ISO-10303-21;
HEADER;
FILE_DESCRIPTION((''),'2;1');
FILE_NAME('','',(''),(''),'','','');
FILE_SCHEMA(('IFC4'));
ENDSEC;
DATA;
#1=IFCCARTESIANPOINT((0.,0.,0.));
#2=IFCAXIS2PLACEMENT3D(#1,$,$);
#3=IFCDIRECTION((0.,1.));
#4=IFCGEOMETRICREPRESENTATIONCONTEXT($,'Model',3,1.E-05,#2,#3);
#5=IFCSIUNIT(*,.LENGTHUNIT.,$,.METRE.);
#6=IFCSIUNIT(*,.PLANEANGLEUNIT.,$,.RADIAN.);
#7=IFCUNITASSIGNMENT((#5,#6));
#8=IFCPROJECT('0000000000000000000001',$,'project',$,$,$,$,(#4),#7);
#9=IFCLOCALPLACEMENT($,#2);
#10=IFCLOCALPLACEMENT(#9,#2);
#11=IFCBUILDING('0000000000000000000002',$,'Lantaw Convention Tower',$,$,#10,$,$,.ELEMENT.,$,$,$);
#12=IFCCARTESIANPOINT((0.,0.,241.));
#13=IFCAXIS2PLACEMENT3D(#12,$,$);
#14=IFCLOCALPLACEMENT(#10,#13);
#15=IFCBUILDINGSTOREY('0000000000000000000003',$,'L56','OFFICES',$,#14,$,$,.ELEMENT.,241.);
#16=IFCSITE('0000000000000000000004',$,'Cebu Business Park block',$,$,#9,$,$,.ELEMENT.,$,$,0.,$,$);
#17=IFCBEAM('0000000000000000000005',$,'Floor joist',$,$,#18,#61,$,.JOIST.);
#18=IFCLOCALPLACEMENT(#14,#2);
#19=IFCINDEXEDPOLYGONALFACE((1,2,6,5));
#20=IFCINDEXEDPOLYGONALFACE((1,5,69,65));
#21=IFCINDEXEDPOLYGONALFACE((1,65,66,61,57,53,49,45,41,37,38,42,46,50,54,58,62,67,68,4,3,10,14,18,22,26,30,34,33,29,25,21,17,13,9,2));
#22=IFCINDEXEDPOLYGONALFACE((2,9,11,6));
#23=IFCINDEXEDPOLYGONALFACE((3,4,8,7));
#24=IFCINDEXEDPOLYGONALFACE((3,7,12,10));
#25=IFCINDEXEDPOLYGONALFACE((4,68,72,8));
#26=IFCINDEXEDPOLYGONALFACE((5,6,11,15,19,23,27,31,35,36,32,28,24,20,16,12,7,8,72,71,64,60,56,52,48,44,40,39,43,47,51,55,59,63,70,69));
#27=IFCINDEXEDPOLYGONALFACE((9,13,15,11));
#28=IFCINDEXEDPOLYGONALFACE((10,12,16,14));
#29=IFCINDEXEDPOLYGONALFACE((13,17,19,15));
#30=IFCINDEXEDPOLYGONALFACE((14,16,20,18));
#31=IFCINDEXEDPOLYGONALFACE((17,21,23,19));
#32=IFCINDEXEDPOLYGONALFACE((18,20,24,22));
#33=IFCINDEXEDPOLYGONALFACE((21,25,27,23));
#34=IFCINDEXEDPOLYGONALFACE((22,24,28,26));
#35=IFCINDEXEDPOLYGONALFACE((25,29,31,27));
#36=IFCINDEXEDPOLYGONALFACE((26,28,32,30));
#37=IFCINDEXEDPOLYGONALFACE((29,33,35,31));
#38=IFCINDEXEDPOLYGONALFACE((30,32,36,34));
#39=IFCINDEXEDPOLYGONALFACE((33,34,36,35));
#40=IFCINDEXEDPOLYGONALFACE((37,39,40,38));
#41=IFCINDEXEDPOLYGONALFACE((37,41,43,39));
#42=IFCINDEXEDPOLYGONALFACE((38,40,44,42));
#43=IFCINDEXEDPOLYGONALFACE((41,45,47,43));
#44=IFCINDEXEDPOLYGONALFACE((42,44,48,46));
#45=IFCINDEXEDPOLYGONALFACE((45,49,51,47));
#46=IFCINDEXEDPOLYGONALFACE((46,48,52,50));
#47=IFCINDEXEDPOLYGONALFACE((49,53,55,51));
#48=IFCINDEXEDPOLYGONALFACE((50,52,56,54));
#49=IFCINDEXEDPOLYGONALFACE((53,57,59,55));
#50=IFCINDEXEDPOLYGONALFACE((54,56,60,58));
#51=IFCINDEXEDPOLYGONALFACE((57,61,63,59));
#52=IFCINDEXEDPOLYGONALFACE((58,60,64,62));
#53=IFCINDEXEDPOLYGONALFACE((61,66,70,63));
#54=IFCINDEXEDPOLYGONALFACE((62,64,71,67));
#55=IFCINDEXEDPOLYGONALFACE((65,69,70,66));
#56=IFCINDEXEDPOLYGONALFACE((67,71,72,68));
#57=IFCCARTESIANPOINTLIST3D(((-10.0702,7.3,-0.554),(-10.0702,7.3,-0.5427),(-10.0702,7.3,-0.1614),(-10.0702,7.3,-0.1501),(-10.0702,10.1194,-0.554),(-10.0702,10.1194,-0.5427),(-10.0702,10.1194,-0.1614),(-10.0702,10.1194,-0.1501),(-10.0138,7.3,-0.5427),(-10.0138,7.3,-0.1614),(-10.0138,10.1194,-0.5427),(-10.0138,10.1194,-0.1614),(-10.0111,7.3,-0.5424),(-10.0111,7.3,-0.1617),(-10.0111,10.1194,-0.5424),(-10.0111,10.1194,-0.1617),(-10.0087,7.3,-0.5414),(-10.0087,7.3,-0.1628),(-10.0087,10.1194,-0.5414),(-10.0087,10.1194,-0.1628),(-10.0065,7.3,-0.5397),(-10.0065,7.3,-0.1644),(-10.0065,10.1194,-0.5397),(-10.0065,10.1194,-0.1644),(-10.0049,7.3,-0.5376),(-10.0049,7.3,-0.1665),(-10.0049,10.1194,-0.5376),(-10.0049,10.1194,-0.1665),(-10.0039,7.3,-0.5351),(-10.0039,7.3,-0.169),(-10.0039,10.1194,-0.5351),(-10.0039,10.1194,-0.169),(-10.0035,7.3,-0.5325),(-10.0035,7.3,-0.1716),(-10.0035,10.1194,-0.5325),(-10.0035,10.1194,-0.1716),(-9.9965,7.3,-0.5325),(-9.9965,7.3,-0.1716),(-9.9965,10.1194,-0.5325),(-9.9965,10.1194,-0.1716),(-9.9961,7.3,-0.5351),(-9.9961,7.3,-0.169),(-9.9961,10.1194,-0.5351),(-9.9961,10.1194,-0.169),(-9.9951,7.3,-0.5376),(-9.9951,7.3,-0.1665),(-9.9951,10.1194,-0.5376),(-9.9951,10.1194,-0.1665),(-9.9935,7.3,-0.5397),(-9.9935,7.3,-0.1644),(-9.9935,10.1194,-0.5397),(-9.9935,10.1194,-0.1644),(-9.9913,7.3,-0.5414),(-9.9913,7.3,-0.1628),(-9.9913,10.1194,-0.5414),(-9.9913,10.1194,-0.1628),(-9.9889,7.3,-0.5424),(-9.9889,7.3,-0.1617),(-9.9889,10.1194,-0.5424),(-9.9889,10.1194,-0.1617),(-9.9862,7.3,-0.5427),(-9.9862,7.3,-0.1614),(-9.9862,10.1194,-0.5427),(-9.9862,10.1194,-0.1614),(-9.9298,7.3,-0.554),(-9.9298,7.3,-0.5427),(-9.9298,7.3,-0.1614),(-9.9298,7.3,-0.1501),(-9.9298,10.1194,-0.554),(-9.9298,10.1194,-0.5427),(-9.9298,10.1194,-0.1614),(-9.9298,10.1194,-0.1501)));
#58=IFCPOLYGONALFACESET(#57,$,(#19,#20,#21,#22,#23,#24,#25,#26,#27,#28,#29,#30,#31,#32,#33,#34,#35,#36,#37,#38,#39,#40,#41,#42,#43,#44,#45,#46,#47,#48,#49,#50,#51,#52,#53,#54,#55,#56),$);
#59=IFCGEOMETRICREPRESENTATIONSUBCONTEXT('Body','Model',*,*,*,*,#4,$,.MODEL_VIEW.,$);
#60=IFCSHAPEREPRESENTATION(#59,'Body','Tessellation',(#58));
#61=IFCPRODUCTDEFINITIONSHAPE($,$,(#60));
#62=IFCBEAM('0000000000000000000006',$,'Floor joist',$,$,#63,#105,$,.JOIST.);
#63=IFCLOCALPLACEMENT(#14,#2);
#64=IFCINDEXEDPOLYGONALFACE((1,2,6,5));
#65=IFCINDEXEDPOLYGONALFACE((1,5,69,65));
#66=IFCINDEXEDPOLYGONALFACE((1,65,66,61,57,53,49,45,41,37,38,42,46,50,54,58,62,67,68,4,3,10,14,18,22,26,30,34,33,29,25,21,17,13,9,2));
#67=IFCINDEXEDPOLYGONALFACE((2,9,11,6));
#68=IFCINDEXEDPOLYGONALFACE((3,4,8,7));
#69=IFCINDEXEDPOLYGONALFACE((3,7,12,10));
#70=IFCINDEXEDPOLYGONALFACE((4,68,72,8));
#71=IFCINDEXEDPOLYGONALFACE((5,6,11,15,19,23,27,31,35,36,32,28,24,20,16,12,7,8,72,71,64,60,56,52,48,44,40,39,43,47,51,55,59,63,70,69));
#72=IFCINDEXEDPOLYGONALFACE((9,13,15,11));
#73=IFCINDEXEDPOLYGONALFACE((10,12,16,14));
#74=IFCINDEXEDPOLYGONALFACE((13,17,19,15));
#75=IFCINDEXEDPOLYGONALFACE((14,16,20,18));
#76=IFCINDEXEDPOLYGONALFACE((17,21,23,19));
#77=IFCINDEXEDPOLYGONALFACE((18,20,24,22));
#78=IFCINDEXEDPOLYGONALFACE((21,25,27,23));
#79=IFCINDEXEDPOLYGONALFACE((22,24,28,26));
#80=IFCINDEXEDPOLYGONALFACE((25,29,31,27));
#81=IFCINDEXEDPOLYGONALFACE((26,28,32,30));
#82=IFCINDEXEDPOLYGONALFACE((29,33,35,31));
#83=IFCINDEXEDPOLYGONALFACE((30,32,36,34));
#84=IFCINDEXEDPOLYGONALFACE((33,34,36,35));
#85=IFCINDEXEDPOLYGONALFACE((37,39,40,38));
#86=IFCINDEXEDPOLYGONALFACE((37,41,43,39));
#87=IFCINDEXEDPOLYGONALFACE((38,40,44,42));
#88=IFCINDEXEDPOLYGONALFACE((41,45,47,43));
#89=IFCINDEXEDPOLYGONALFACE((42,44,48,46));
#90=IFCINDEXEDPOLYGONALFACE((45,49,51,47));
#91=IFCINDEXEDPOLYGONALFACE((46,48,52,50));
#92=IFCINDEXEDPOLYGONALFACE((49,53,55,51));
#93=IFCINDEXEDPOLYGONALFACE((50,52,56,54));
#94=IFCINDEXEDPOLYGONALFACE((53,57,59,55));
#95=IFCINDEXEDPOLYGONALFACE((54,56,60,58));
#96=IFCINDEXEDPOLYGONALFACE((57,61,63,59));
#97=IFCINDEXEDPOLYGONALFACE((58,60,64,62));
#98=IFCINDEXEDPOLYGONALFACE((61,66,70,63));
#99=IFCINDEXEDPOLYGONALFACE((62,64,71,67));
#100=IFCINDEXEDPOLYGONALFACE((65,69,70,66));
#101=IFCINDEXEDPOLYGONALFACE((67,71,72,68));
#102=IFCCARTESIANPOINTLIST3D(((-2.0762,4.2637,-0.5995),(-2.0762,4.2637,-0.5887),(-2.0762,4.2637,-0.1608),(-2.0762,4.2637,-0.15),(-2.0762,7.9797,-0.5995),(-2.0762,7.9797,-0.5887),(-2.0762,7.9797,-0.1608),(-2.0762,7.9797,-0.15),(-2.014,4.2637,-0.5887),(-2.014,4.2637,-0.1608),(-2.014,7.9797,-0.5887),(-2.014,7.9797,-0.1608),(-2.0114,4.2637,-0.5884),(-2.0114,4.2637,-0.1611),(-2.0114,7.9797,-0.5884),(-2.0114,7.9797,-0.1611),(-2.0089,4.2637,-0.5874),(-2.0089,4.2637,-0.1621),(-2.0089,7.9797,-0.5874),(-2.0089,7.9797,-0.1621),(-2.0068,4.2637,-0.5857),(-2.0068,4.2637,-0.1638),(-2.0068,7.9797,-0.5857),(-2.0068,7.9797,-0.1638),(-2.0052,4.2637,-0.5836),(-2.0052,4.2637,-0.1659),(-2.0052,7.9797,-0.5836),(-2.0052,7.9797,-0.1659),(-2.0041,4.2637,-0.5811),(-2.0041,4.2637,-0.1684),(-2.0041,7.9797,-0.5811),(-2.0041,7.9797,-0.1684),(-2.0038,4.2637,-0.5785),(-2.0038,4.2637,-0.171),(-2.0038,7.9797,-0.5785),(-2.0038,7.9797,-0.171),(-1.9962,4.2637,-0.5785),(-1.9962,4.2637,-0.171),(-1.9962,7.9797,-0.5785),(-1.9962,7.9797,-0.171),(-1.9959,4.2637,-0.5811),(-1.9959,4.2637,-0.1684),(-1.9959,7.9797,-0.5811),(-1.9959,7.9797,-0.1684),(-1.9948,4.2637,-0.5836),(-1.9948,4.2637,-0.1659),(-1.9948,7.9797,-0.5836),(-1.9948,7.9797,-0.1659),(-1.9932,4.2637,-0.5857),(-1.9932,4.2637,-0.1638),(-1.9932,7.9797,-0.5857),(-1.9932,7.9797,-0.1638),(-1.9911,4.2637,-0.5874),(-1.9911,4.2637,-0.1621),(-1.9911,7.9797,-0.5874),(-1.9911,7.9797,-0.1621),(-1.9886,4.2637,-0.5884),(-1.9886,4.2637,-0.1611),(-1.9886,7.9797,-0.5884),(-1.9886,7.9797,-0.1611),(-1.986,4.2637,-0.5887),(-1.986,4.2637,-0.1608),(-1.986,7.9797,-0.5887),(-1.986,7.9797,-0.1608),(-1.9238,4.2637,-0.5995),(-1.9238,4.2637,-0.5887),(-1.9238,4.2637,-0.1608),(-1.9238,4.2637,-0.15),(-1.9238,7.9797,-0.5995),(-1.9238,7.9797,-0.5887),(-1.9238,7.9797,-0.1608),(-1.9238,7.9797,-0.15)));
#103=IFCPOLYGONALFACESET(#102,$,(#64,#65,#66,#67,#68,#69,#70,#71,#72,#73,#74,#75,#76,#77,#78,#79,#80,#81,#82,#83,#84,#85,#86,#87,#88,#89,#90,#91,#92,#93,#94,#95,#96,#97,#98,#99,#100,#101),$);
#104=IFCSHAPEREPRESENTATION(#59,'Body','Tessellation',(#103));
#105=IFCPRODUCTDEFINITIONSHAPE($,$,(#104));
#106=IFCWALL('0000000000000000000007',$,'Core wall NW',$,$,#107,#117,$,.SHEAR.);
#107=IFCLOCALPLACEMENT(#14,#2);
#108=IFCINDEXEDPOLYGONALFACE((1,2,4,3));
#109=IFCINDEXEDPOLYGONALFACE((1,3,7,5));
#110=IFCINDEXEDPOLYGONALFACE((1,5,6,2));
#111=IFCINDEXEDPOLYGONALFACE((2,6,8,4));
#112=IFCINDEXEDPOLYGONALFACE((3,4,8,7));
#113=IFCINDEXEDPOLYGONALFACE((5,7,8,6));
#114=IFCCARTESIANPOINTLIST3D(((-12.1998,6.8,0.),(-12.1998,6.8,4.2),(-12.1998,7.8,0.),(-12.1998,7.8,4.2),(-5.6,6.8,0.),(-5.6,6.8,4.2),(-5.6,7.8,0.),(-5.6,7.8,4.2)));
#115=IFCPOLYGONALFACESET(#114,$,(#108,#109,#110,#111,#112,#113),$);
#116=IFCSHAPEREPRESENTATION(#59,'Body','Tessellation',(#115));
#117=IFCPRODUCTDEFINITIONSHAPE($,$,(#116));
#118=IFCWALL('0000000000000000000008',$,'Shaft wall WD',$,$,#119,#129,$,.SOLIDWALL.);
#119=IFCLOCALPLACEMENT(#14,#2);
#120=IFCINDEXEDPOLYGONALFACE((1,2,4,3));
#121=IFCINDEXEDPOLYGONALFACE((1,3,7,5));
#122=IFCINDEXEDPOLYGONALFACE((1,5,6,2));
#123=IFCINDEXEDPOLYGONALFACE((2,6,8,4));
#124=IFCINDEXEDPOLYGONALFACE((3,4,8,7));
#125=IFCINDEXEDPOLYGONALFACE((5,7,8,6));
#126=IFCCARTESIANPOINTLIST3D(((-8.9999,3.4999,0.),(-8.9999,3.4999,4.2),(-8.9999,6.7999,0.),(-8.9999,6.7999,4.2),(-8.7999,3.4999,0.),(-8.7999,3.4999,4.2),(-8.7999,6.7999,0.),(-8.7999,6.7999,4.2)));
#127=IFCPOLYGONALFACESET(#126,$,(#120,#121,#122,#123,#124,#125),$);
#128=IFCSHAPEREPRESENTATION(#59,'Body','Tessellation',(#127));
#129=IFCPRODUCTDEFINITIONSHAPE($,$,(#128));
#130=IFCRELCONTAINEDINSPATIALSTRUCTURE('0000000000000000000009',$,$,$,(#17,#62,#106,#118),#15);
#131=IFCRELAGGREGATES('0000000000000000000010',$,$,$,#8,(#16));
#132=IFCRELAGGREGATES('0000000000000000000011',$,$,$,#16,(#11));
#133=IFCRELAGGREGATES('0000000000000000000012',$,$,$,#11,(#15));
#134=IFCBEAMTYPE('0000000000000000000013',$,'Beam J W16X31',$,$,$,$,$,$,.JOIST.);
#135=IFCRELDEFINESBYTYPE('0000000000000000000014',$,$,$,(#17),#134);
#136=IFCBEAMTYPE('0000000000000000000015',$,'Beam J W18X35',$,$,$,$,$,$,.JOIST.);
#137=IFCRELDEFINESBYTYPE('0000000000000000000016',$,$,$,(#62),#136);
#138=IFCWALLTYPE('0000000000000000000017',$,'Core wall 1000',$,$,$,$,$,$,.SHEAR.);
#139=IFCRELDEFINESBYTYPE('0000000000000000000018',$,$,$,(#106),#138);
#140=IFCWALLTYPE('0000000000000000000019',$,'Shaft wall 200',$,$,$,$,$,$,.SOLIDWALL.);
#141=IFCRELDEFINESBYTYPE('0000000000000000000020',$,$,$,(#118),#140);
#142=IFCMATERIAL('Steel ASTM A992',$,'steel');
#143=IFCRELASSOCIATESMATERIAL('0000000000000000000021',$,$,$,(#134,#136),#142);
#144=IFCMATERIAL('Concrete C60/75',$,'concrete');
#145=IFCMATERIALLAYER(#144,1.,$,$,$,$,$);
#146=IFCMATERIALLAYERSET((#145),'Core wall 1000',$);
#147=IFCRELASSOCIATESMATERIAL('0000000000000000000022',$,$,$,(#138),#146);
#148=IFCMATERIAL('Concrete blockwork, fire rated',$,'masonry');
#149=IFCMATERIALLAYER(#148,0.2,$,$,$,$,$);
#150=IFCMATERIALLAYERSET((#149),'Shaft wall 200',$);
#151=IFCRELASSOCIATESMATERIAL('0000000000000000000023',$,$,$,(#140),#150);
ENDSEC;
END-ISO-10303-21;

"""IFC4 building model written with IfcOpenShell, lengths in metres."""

from ifc_helpers import new_model, si_unit, direction, frame, frame_2d, origin, origin_2d, place, context, subcontext, project, spatial, rectangle, i_section, extrude, material, layer, layer_set, material_profile, profile_set, type_object, element, save


model = new_model("IFC4")

# Units and contexts
model_context = context("Model", 3, precision=1e-05, world=origin(), true_north=direction((0.0, 1.0)))
body_context = subcontext(model_context, "Body", "Model", "MODEL_VIEW")
ifc_project = project(units=[si_unit("LENGTHUNIT", "METRE"), si_unit("PLANEANGLEUNIT", "RADIAN")], contexts=[model_context])

# Site, building, storey
site_placement = place(None, origin())
site = spatial("IfcSite", under=ifc_project, at=site_placement, Name="Cebu Business Park block", CompositionType="ELEMENT", RefElevation=0.0)
building_placement = place(site_placement, origin())
building = spatial("IfcBuilding", under=site, at=building_placement, Name="Lantaw Convention Tower", CompositionType="ELEMENT")
storey_placement = place(building_placement, frame((0.0, 0.0, 241.0)))
storey = spatial("IfcBuildingStorey", under=building, at=storey_placement, Name="L56", Description="OFFICES", CompositionType="ELEMENT", Elevation=241.0)

# Beams
ifc_material_1 = material(Name="Steel ASTM A992", Category="steel")
ifc_material_profile_1 = material_profile(ifc_material_1, i_section(OverallWidth=0.1404, OverallDepth=0.4038, WebThickness=0.0071, FlangeThickness=0.0112, FilletRadius=0.0103, at=origin_2d()), Name="W16X31")
ifc_profile_set_1 = profile_set([ifc_material_profile_1], Name="Steel ASTM A992")
beam_type_1 = type_object("IfcBeamType", Name="Beam J W16X31", PredefinedType="JOIST", material=ifc_profile_set_1)
beam_1_placement = place(storey_placement, frame((-10.0, 7.3, -0.3521), z_axis=(0.0, 1.0, 0.0), x_axis=(-1.0, 0.0, 0.0)))
element("IfcBeam", 1, at=beam_1_placement, inside=storey, type_object=beam_type_1, Name="Floor joist", PredefinedType="JOIST", context=body_context, shape_type="SweptSolid", body=[
    extrude(i_section(OverallWidth=0.1404, OverallDepth=0.4038, WebThickness=0.0071, FlangeThickness=0.0112, FilletRadius=0.0103, at=origin_2d()), origin(), (0.0, 0.0, 1.0), 2.8193),
])
ifc_material_profile_2 = material_profile(ifc_material_1, i_section(OverallWidth=0.1523, OverallDepth=0.4495, WebThickness=0.0076, FlangeThickness=0.0107, FilletRadius=0.0103, at=origin_2d()), Name="W18X35")
ifc_profile_set_2 = profile_set([ifc_material_profile_2], Name="Steel ASTM A992")
beam_type_2 = type_object("IfcBeamType", Name="Beam J W18X35", PredefinedType="JOIST", material=ifc_profile_set_2)
beam_2_placement = place(storey_placement, frame((-2.0, 4.2637, -0.3748), z_axis=(0.0, 1.0, 0.0), x_axis=(-1.0, 0.0, 0.0)))
element("IfcBeam", 2, at=beam_2_placement, inside=storey, type_object=beam_type_2, Name="Floor joist", PredefinedType="JOIST", context=body_context, shape_type="SweptSolid", body=[
    extrude(i_section(OverallWidth=0.1523, OverallDepth=0.4495, WebThickness=0.0076, FlangeThickness=0.0107, FilletRadius=0.0103, at=origin_2d()), origin(), (0.0, 0.0, 1.0), 3.7161),
])

# Walls
ifc_material_2 = material(Name="Concrete C60/75", Category="concrete")
ifc_layer_1 = layer(ifc_material_2, 1.0)
ifc_layer_set_1 = layer_set([ifc_layer_1], Name="Core wall 1000")
wall_type_1 = type_object("IfcWallType", Name="Core wall 1000", PredefinedType="SHEAR", material=ifc_layer_set_1)
wall_1_placement = place(storey_placement, frame((-5.6001, 7.3, 0.0), z_axis=(0.0, 0.0, 1.0), x_axis=(-1.0, 0.0, 0.0)))
element("IfcWall", 3, at=wall_1_placement, inside=storey, type_object=wall_type_1, Name="Core wall NW", PredefinedType="SHEAR", context=body_context, shape_type="SweptSolid", body=[
    extrude(rectangle(XDim=6.5999, YDim=1.0, at=frame_2d((3.2998, 0.0))), origin(), (0.0, 0.0, 1.0), 4.2),
])
ifc_material_3 = material(Name="Concrete blockwork, fire rated", Category="masonry")
ifc_layer_2 = layer(ifc_material_3, 0.2)
ifc_layer_set_2 = layer_set([ifc_layer_2], Name="Shaft wall 200")
wall_type_2 = type_object("IfcWallType", Name="Shaft wall 200", PredefinedType="SOLIDWALL", material=ifc_layer_set_2)
wall_2_placement = place(storey_placement, frame((-8.8999, 3.5, 0.0), z_axis=(0.0, 0.0, 1.0), x_axis=(0.0, 1.0, 0.0)))
element("IfcWall", 4, at=wall_2_placement, inside=storey, type_object=wall_type_2, Name="Shaft wall WD", PredefinedType="SOLIDWALL", context=body_context, shape_type="SweptSolid", body=[
    extrude(rectangle(XDim=3.3, YDim=0.2, at=frame_2d((1.6499, 0.0))), origin(), (0.0, 0.0, 1.0), 4.2),
])

save(model, "model.ifc")
